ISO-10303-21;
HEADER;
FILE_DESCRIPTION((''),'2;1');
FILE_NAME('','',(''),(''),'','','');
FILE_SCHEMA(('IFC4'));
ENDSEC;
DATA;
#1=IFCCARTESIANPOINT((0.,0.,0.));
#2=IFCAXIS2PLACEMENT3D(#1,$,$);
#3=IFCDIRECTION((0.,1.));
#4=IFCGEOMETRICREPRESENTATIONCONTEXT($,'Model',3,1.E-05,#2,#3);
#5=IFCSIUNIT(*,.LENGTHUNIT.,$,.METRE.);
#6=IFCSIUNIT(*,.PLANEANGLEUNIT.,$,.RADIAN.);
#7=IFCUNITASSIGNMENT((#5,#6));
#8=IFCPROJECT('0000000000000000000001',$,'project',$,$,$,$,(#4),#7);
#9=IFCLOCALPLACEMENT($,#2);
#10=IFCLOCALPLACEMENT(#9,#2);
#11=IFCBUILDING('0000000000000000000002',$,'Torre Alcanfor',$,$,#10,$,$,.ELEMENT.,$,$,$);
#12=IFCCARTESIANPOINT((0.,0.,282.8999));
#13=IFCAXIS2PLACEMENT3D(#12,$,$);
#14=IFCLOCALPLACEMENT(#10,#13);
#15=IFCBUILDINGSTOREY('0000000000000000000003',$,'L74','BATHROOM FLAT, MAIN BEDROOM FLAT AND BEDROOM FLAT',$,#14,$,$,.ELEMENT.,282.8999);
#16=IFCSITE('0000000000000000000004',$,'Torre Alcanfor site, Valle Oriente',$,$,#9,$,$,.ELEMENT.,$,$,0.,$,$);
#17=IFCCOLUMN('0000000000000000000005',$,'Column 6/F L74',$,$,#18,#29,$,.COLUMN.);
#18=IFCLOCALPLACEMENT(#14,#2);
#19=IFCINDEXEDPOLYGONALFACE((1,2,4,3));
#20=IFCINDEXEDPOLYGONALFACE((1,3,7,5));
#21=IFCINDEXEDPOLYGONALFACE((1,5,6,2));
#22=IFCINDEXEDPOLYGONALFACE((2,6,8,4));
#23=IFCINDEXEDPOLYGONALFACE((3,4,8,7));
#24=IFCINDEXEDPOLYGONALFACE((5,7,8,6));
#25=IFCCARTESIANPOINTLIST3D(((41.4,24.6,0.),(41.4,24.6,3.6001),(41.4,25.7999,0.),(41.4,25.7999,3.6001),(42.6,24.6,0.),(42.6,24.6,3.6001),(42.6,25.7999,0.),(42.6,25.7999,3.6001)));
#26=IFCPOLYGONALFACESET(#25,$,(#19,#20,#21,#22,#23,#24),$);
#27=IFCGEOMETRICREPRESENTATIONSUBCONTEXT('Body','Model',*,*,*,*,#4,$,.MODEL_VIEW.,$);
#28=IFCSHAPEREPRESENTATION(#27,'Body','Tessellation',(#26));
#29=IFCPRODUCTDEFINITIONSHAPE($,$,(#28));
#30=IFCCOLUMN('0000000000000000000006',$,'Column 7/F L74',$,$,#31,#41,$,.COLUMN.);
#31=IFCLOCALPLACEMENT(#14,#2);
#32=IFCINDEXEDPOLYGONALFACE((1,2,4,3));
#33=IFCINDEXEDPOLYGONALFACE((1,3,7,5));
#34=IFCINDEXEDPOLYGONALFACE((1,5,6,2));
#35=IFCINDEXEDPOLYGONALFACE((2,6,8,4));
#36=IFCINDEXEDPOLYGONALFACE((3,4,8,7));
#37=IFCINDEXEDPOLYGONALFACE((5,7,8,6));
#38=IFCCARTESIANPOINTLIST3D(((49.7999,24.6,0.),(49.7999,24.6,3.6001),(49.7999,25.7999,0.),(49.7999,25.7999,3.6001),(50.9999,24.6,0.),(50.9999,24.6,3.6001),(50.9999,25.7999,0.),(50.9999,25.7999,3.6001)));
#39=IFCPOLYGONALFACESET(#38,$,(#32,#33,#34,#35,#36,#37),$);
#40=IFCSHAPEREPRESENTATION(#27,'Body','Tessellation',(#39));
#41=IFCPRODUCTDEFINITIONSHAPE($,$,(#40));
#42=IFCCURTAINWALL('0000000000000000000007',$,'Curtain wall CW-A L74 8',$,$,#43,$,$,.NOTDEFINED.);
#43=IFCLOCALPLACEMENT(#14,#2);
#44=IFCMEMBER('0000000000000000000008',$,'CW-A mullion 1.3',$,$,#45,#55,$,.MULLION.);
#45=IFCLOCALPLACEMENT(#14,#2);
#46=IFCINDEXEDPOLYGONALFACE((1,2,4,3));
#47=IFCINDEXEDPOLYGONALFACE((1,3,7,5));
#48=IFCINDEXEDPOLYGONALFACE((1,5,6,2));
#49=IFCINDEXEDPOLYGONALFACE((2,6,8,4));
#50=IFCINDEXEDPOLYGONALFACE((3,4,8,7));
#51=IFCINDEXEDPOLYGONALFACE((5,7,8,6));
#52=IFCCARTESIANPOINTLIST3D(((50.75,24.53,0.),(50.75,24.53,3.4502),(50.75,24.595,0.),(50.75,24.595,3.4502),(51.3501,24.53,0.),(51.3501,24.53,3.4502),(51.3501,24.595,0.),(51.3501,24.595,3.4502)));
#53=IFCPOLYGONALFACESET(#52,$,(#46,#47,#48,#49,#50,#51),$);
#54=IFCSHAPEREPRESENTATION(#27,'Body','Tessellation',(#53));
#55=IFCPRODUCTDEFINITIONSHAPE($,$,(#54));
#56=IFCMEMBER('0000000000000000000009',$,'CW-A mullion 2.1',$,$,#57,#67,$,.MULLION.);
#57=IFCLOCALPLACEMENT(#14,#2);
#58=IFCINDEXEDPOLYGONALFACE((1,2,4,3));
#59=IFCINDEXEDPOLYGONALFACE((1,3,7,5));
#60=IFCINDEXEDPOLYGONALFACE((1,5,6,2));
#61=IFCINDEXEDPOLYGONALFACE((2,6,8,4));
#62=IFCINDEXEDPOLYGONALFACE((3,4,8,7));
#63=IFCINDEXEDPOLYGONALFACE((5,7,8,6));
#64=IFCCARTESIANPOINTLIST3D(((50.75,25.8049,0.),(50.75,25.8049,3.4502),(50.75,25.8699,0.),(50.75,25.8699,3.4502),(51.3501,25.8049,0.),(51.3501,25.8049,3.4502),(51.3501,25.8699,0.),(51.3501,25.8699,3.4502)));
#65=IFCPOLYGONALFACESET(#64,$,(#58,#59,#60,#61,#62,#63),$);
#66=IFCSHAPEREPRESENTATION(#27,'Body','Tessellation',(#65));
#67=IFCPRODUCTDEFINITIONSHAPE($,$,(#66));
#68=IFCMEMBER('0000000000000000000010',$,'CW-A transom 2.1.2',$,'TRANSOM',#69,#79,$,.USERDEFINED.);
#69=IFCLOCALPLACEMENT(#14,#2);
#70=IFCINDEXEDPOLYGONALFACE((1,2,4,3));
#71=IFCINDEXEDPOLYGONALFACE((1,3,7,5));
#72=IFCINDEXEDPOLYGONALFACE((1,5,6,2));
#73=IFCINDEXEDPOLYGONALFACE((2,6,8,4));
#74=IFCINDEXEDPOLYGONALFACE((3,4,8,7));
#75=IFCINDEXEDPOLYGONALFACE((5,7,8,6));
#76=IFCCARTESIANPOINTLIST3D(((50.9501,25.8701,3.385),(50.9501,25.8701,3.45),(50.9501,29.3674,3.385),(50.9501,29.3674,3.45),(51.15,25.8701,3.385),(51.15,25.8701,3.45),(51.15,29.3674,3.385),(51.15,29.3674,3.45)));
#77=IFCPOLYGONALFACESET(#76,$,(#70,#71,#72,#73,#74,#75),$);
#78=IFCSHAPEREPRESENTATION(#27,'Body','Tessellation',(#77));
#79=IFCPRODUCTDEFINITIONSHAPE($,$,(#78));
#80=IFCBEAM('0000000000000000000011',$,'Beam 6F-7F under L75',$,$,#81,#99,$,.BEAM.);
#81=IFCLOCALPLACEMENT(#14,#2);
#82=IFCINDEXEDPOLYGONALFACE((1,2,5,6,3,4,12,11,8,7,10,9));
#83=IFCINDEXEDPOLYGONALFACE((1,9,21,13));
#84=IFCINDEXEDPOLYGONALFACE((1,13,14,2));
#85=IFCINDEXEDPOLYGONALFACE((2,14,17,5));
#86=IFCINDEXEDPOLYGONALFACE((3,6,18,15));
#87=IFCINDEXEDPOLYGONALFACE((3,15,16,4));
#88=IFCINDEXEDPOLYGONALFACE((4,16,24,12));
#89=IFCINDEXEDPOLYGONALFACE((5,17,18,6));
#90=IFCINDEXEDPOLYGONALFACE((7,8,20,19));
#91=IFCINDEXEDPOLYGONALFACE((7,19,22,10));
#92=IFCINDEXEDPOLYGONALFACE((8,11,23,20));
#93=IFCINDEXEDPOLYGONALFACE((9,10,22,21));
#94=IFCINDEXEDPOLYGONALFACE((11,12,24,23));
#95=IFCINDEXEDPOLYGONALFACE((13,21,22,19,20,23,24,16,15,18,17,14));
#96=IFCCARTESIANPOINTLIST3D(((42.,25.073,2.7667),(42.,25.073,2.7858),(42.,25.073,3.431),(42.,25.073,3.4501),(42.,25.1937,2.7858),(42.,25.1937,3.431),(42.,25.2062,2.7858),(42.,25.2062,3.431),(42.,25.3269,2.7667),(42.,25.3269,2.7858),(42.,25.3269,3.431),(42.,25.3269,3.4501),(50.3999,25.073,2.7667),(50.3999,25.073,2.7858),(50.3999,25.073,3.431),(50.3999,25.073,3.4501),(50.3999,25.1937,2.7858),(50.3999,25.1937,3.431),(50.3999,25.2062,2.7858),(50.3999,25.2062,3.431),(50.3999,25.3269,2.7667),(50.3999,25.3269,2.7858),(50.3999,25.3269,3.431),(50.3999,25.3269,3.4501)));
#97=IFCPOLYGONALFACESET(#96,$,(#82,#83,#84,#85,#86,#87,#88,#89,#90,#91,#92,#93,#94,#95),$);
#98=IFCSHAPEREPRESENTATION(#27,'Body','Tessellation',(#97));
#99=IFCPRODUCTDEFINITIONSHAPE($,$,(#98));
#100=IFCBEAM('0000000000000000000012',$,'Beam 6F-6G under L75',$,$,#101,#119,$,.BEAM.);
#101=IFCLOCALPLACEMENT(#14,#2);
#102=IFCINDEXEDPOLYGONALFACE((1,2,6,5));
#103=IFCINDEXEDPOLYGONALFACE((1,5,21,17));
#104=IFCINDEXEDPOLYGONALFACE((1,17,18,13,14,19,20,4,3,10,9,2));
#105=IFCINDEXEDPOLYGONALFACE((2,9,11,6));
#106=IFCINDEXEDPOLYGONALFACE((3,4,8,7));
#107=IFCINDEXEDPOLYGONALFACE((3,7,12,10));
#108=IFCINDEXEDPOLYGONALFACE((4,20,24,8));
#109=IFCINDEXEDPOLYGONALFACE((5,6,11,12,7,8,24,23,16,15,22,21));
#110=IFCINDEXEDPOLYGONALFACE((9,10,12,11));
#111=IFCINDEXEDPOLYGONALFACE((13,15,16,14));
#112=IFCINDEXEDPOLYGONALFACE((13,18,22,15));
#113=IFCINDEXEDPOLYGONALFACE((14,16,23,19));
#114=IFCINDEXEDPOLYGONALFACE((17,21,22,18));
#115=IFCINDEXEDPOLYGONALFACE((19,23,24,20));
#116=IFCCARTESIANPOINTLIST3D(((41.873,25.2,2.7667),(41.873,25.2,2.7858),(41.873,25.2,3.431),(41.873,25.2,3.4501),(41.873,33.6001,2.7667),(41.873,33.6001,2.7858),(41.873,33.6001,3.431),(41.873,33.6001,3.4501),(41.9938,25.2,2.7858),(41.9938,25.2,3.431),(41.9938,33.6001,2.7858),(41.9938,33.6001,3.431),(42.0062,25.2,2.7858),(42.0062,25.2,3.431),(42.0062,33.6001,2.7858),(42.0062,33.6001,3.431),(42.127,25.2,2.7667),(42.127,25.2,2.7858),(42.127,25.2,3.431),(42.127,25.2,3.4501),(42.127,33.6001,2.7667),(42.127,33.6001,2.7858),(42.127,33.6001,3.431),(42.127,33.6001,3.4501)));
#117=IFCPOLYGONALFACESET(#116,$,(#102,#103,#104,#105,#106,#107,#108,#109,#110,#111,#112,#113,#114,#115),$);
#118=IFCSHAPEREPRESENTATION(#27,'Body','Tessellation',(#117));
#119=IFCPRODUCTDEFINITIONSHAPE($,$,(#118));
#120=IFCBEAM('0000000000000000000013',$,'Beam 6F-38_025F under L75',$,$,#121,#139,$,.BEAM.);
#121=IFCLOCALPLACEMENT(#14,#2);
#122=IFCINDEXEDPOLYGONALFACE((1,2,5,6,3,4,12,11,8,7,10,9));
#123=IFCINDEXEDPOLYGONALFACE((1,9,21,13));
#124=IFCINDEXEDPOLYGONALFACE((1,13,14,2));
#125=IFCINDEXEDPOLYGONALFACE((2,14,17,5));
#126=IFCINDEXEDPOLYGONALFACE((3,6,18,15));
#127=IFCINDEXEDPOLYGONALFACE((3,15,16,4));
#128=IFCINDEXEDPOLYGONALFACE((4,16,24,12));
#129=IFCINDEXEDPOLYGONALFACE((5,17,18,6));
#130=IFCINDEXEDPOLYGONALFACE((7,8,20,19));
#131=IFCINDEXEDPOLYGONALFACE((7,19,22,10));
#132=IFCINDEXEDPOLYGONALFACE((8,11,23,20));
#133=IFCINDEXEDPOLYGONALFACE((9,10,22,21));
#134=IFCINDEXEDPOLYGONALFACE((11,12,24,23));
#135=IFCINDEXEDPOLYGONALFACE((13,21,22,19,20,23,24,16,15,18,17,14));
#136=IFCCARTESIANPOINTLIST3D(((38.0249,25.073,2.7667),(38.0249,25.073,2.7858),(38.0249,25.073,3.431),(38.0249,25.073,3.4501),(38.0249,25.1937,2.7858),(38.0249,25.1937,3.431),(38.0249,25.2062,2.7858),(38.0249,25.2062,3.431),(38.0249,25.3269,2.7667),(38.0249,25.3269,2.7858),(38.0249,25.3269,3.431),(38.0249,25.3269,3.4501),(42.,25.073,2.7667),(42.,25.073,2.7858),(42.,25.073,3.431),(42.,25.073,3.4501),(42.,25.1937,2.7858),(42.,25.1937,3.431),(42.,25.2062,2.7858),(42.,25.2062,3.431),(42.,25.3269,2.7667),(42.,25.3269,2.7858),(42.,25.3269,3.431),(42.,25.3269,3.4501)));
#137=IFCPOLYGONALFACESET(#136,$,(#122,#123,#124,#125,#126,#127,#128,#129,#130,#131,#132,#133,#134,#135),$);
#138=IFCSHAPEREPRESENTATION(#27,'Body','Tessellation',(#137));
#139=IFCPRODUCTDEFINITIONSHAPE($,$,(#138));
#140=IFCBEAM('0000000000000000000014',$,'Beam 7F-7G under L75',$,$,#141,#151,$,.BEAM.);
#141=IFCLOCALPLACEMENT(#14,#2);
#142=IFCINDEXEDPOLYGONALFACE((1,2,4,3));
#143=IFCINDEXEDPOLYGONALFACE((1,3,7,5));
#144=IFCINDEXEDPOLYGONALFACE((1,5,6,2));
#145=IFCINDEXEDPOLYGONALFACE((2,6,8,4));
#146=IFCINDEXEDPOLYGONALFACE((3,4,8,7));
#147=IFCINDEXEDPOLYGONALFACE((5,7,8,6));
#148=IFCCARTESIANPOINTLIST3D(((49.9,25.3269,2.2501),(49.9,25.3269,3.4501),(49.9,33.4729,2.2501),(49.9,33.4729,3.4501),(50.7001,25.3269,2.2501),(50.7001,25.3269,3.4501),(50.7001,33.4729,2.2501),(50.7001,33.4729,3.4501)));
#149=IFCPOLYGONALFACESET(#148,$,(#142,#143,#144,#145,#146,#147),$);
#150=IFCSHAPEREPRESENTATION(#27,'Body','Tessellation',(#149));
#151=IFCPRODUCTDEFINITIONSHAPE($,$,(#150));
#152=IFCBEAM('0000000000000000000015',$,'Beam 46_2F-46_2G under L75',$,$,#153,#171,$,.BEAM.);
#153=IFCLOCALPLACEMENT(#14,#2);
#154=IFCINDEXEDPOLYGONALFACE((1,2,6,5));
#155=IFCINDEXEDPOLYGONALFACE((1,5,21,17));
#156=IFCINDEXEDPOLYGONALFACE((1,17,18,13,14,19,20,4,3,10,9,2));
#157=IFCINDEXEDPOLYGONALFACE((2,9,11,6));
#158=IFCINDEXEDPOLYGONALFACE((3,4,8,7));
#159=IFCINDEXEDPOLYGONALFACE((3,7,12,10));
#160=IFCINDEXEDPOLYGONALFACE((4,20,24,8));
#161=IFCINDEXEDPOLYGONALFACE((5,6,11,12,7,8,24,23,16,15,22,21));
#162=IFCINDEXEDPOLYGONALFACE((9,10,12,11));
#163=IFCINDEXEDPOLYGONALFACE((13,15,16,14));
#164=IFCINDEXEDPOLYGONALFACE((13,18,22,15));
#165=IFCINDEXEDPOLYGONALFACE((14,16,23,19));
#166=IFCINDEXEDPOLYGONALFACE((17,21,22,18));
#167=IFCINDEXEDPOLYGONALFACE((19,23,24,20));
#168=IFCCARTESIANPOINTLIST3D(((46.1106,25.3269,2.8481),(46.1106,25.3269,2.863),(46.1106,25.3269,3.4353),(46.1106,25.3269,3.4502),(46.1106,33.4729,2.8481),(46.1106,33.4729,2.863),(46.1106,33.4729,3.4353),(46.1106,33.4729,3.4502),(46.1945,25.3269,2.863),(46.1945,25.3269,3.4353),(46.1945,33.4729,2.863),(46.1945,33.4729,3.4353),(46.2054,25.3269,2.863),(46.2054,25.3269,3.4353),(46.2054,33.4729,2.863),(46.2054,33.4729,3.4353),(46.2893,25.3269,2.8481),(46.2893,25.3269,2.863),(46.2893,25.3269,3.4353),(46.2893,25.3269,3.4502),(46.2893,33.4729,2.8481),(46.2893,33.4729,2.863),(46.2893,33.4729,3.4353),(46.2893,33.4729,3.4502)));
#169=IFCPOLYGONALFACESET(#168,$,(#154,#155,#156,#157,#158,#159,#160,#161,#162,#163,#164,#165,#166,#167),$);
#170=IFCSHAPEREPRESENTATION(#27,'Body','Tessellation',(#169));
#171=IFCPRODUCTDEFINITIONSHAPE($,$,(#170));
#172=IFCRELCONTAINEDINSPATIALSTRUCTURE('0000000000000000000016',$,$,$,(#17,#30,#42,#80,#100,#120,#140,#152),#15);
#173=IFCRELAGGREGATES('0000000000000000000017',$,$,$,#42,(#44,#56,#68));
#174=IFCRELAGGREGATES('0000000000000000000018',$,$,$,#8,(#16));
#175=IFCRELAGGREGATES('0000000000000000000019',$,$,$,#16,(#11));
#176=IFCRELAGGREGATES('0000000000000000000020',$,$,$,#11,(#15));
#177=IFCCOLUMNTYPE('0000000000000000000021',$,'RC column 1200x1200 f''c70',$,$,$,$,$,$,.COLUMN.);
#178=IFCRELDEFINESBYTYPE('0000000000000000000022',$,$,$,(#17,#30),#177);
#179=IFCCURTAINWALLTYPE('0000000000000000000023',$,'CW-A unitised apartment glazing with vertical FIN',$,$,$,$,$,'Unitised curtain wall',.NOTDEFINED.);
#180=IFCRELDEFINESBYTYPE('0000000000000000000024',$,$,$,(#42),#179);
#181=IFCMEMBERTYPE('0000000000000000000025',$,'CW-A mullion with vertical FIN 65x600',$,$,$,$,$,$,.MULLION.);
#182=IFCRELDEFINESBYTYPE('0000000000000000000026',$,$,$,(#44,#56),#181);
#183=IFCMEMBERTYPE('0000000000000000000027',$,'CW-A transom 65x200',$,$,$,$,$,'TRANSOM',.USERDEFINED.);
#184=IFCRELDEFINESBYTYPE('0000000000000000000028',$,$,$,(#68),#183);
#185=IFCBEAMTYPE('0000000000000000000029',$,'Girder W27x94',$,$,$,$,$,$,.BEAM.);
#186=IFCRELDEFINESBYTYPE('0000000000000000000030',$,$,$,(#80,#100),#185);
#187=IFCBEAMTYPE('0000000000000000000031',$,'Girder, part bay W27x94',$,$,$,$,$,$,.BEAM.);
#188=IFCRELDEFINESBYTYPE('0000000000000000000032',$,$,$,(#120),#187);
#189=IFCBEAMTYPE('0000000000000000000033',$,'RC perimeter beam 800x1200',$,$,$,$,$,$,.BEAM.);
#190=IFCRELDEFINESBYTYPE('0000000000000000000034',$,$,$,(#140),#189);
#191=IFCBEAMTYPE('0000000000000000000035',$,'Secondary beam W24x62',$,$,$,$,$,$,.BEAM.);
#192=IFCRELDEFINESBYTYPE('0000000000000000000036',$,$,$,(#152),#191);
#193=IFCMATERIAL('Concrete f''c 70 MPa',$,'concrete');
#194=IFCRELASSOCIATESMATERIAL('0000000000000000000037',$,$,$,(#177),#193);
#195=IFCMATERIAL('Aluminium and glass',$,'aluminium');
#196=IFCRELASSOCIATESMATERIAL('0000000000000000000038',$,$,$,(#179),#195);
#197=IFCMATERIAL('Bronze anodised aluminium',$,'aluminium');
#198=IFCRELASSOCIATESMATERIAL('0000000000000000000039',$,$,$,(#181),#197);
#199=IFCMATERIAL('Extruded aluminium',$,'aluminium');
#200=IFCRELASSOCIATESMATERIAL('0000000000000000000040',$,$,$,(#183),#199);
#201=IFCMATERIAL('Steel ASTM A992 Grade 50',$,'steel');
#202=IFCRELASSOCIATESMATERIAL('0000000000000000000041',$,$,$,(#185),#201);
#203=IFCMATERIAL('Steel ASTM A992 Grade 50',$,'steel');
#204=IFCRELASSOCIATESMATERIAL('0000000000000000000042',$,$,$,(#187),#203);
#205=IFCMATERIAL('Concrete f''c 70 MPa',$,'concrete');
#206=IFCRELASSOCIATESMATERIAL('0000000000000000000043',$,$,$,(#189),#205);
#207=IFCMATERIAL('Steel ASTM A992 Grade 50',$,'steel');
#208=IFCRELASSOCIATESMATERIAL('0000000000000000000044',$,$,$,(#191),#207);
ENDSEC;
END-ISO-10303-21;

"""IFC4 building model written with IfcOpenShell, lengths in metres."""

from ifc_helpers import new_model, si_unit, direction, frame, origin, origin_2d, place, context, subcontext, project, spatial, rectangle, i_section, extrude, material, material_profile, profile_set, type_object, element, aggregate, save


model = new_model("IFC4")

# Units and contexts
model_context = context("Model", 3, precision=1e-05, world=origin(), true_north=direction((0.0, 1.0)))
body_context = subcontext(model_context, "Body", "Model", "MODEL_VIEW")
ifc_project = project(units=[si_unit("LENGTHUNIT", "METRE"), si_unit("PLANEANGLEUNIT", "RADIAN")], contexts=[model_context])

# Site, building, storey
site_placement = place(None, origin())
site = spatial("IfcSite", under=ifc_project, at=site_placement, Name="Torre Alcanfor site, Valle Oriente", CompositionType="ELEMENT", RefElevation=0.0)
building_placement = place(site_placement, origin())
building = spatial("IfcBuilding", under=site, at=building_placement, Name="Torre Alcanfor", CompositionType="ELEMENT")
storey_placement = place(building_placement, frame((0.0, 0.0, 282.8999)))
storey = spatial("IfcBuildingStorey", under=building, at=storey_placement, Name="L74", Description="BATHROOM FLAT, MAIN BEDROOM FLAT AND BEDROOM FLAT", CompositionType="ELEMENT", Elevation=282.8999)

# Columns
ifc_material_1 = material(Name="Concrete f'c 70 MPa", Category="concrete")
ifc_material_profile_1 = material_profile(ifc_material_1, rectangle(XDim=1.2, YDim=1.2, at=origin_2d()), Name="1200x1200")
ifc_profile_set_1 = profile_set([ifc_material_profile_1], Name="Concrete f'c 70 MPa")
column_type = type_object("IfcColumnType", Name="RC column 1200x1200 f'c70", PredefinedType="COLUMN", material=ifc_profile_set_1)
for number, where, z_axis, x_axis, name in (
    (1, (42.0, 25.2, 0.0), (0.0, 0.0, 1.0), (1.0, 0.0, 0.0), "Column 6/F L74"),
    (2, (50.3999, 25.2, 0.0), (0.0, 0.0, 1.0), (1.0, 0.0, 0.0), "Column 7/F L74"),
):
    element("IfcColumn", number, at=place(storey_placement, frame(where, z_axis=z_axis, x_axis=x_axis)), inside=storey, type_object=column_type, Name=name, PredefinedType="COLUMN", context=body_context, shape_type="SweptSolid", body=[
        extrude(rectangle(XDim=1.2, YDim=1.2, at=origin_2d()), origin(), (0.0, 0.0, 1.0), 3.6001),
    ])

# Curtain wall, members
ifc_material_2 = material(Name="Aluminium and glass", Category="aluminium")
curtain_wall_type = type_object("IfcCurtainWallType", Name="CW-A unitised apartment glazing with vertical FIN", ElementType="Unitised curtain wall", PredefinedType="NOTDEFINED", material=ifc_material_2)
curtain_wall_placement = place(storey_placement, origin())
curtain_wall = element("IfcCurtainWall", 3, at=curtain_wall_placement, inside=storey, type_object=curtain_wall_type, Name="Curtain wall CW-A L74 8", PredefinedType="NOTDEFINED")
ifc_material_3 = material(Name="Bronze anodised aluminium", Category="aluminium")
ifc_material_profile_2 = material_profile(ifc_material_3, rectangle(XDim=0.6001, YDim=0.0649, at=origin_2d()), Name="CW-A mullion 65x600")
ifc_profile_set_2 = profile_set([ifc_material_profile_2], Name="Bronze anodised aluminium")
member_type_1 = type_object("IfcMemberType", Name="CW-A mullion with vertical FIN 65x600", PredefinedType="MULLION", material=ifc_profile_set_2)
member_1_placement = place(storey_placement, frame((51.05, 24.5625, 0.0), z_axis=(0.0, 0.0, 1.0), x_axis=(-1.0, 0.0, 0.0)))
member_1 = element("IfcMember", 4, at=member_1_placement, type_object=member_type_1, Name="CW-A mullion 1.3", PredefinedType="MULLION", context=body_context, shape_type="SweptSolid", body=[
    extrude(rectangle(XDim=0.6001, YDim=0.0649, at=origin_2d()), origin(), (0.0, 0.0, 1.0), 3.4502),
])
member_2_placement = place(storey_placement, frame((51.05, 25.8374, 0.0), z_axis=(0.0, 0.0, 1.0), x_axis=(-1.0, 0.0, 0.0)))
member_2 = element("IfcMember", 5, at=member_2_placement, type_object=member_type_1, Name="CW-A mullion 2.1", PredefinedType="MULLION", context=body_context, shape_type="SweptSolid", body=[
    extrude(rectangle(XDim=0.6001, YDim=0.0649, at=origin_2d()), origin(), (0.0, 0.0, 1.0), 3.4502),
])
ifc_material_4 = material(Name="Extruded aluminium", Category="aluminium")
ifc_material_profile_3 = material_profile(ifc_material_4, rectangle(XDim=0.2, YDim=0.0649, at=origin_2d()), Name="CW-A transom 200x65")
ifc_profile_set_3 = profile_set([ifc_material_profile_3], Name="Extruded aluminium")
member_type_2 = type_object("IfcMemberType", Name="CW-A transom 65x200", ElementType="TRANSOM", PredefinedType="USERDEFINED", material=ifc_profile_set_3)
member_3_placement = place(storey_placement, frame((51.05, 25.8701, 3.4175), z_axis=(0.0, 1.0, 0.0), x_axis=(-1.0, 0.0, 0.0)))
member_3 = element("IfcMember", 6, at=member_3_placement, type_object=member_type_2, Name="CW-A transom 2.1.2", ObjectType="TRANSOM", PredefinedType="USERDEFINED", context=body_context, shape_type="SweptSolid", body=[
    extrude(rectangle(XDim=0.2, YDim=0.0649, at=origin_2d()), origin(), (0.0, 0.0, 1.0), 3.4973),
])

# Beams
ifc_material_5 = material(Name="Steel ASTM A992 Grade 50", Category="steel")
ifc_material_profile_4 = material_profile(ifc_material_5, i_section(OverallWidth=0.2539, OverallDepth=0.6833, WebThickness=0.0125, FlangeThickness=0.019, at=origin_2d()), Name="W27x94")
ifc_profile_set_4 = profile_set([ifc_material_profile_4], Name="Steel ASTM A992 Grade 50")
beam_type_1 = type_object("IfcBeamType", Name="Girder W27x94", PredefinedType="BEAM", material=ifc_profile_set_4)
beam_1_placement = place(storey_placement, frame((42.0, 25.2, 3.1084), z_axis=(1.0, 0.0, 0.0), x_axis=(0.0, 1.0, 0.0)))
element("IfcBeam", 7, at=beam_1_placement, inside=storey, type_object=beam_type_1, Name="Beam 6F-7F under L75", PredefinedType="BEAM", context=body_context, shape_type="SweptSolid", body=[
    extrude(i_section(OverallWidth=0.2539, OverallDepth=0.6833, WebThickness=0.0125, FlangeThickness=0.019, at=origin_2d()), origin(), (0.0, 0.0, 1.0), 8.3999),
])
beam_2_placement = place(storey_placement, frame((42.0, 25.2, 3.1084), z_axis=(0.0, 1.0, 0.0), x_axis=(-1.0, 0.0, 0.0)))
element("IfcBeam", 8, at=beam_2_placement, inside=storey, type_object=beam_type_1, Name="Beam 6F-6G under L75", PredefinedType="BEAM", context=body_context, shape_type="SweptSolid", body=[
    extrude(i_section(OverallWidth=0.2539, OverallDepth=0.6833, WebThickness=0.0125, FlangeThickness=0.019, at=origin_2d()), origin(), (0.0, 0.0, 1.0), 8.4001),
])
ifc_material_6 = material(Name="Steel ASTM A992 Grade 50", Category="steel")
ifc_material_profile_5 = material_profile(ifc_material_6, i_section(OverallWidth=0.2539, OverallDepth=0.6833, WebThickness=0.0125, FlangeThickness=0.019, at=origin_2d()), Name="W27x94")
ifc_profile_set_5 = profile_set([ifc_material_profile_5], Name="Steel ASTM A992 Grade 50")
beam_type_2 = type_object("IfcBeamType", Name="Girder, part bay W27x94", PredefinedType="BEAM", material=ifc_profile_set_5)
beam_3_placement = place(storey_placement, frame((42.0, 25.2, 3.1084), z_axis=(-1.0, 0.0, 0.0), x_axis=(0.0, -1.0, 0.0)))
element("IfcBeam", 9, at=beam_3_placement, inside=storey, type_object=beam_type_2, Name="Beam 6F-38_025F under L75", PredefinedType="BEAM", context=body_context, shape_type="SweptSolid", body=[
    extrude(i_section(OverallWidth=0.2539, OverallDepth=0.6833, WebThickness=0.0125, FlangeThickness=0.019, at=origin_2d()), origin(), (0.0, 0.0, 1.0), 3.9751),
])
ifc_material_7 = material(Name="Concrete f'c 70 MPa", Category="concrete")
ifc_material_profile_6 = material_profile(ifc_material_7, rectangle(XDim=0.8, YDim=1.2, at=origin_2d()), Name="800x1200")
ifc_profile_set_6 = profile_set([ifc_material_profile_6], Name="Concrete f'c 70 MPa")
beam_type_3 = type_object("IfcBeamType", Name="RC perimeter beam 800x1200", PredefinedType="BEAM", material=ifc_profile_set_6)
beam_4_placement = place(storey_placement, frame((50.3, 25.3269, 2.8501), z_axis=(0.0, 1.0, 0.0), x_axis=(-1.0, 0.0, 0.0)))
element("IfcBeam", 10, at=beam_4_placement, inside=storey, type_object=beam_type_3, Name="Beam 7F-7G under L75", PredefinedType="BEAM", context=body_context, shape_type="SweptSolid", body=[
    extrude(rectangle(XDim=0.8, YDim=1.2, at=origin_2d()), origin(), (0.0, 0.0, 1.0), 8.146),
])
ifc_material_8 = material(Name="Steel ASTM A992 Grade 50", Category="steel")
ifc_material_profile_7 = material_profile(ifc_material_8, i_section(OverallWidth=0.1787, OverallDepth=0.6021, WebThickness=0.011, FlangeThickness=0.0149, at=origin_2d()), Name="W24x62")
ifc_profile_set_7 = profile_set([ifc_material_profile_7], Name="Steel ASTM A992 Grade 50")
beam_type_4 = type_object("IfcBeamType", Name="Secondary beam W24x62", PredefinedType="BEAM", material=ifc_profile_set_7)
beam_5_placement = place(storey_placement, frame((46.2, 25.3269, 3.1492), z_axis=(0.0, 1.0, 0.0), x_axis=(-1.0, 0.0, 0.0)))
element("IfcBeam", 11, at=beam_5_placement, inside=storey, type_object=beam_type_4, Name="Beam 46_2F-46_2G under L75", PredefinedType="BEAM", context=body_context, shape_type="SweptSolid", body=[
    extrude(i_section(OverallWidth=0.1787, OverallDepth=0.6021, WebThickness=0.011, FlangeThickness=0.0149, at=origin_2d()), origin(), (0.0, 0.0, 1.0), 8.146),
])

aggregate(curtain_wall, [member_1, member_2, member_3])

save(model, "model.ifc")
